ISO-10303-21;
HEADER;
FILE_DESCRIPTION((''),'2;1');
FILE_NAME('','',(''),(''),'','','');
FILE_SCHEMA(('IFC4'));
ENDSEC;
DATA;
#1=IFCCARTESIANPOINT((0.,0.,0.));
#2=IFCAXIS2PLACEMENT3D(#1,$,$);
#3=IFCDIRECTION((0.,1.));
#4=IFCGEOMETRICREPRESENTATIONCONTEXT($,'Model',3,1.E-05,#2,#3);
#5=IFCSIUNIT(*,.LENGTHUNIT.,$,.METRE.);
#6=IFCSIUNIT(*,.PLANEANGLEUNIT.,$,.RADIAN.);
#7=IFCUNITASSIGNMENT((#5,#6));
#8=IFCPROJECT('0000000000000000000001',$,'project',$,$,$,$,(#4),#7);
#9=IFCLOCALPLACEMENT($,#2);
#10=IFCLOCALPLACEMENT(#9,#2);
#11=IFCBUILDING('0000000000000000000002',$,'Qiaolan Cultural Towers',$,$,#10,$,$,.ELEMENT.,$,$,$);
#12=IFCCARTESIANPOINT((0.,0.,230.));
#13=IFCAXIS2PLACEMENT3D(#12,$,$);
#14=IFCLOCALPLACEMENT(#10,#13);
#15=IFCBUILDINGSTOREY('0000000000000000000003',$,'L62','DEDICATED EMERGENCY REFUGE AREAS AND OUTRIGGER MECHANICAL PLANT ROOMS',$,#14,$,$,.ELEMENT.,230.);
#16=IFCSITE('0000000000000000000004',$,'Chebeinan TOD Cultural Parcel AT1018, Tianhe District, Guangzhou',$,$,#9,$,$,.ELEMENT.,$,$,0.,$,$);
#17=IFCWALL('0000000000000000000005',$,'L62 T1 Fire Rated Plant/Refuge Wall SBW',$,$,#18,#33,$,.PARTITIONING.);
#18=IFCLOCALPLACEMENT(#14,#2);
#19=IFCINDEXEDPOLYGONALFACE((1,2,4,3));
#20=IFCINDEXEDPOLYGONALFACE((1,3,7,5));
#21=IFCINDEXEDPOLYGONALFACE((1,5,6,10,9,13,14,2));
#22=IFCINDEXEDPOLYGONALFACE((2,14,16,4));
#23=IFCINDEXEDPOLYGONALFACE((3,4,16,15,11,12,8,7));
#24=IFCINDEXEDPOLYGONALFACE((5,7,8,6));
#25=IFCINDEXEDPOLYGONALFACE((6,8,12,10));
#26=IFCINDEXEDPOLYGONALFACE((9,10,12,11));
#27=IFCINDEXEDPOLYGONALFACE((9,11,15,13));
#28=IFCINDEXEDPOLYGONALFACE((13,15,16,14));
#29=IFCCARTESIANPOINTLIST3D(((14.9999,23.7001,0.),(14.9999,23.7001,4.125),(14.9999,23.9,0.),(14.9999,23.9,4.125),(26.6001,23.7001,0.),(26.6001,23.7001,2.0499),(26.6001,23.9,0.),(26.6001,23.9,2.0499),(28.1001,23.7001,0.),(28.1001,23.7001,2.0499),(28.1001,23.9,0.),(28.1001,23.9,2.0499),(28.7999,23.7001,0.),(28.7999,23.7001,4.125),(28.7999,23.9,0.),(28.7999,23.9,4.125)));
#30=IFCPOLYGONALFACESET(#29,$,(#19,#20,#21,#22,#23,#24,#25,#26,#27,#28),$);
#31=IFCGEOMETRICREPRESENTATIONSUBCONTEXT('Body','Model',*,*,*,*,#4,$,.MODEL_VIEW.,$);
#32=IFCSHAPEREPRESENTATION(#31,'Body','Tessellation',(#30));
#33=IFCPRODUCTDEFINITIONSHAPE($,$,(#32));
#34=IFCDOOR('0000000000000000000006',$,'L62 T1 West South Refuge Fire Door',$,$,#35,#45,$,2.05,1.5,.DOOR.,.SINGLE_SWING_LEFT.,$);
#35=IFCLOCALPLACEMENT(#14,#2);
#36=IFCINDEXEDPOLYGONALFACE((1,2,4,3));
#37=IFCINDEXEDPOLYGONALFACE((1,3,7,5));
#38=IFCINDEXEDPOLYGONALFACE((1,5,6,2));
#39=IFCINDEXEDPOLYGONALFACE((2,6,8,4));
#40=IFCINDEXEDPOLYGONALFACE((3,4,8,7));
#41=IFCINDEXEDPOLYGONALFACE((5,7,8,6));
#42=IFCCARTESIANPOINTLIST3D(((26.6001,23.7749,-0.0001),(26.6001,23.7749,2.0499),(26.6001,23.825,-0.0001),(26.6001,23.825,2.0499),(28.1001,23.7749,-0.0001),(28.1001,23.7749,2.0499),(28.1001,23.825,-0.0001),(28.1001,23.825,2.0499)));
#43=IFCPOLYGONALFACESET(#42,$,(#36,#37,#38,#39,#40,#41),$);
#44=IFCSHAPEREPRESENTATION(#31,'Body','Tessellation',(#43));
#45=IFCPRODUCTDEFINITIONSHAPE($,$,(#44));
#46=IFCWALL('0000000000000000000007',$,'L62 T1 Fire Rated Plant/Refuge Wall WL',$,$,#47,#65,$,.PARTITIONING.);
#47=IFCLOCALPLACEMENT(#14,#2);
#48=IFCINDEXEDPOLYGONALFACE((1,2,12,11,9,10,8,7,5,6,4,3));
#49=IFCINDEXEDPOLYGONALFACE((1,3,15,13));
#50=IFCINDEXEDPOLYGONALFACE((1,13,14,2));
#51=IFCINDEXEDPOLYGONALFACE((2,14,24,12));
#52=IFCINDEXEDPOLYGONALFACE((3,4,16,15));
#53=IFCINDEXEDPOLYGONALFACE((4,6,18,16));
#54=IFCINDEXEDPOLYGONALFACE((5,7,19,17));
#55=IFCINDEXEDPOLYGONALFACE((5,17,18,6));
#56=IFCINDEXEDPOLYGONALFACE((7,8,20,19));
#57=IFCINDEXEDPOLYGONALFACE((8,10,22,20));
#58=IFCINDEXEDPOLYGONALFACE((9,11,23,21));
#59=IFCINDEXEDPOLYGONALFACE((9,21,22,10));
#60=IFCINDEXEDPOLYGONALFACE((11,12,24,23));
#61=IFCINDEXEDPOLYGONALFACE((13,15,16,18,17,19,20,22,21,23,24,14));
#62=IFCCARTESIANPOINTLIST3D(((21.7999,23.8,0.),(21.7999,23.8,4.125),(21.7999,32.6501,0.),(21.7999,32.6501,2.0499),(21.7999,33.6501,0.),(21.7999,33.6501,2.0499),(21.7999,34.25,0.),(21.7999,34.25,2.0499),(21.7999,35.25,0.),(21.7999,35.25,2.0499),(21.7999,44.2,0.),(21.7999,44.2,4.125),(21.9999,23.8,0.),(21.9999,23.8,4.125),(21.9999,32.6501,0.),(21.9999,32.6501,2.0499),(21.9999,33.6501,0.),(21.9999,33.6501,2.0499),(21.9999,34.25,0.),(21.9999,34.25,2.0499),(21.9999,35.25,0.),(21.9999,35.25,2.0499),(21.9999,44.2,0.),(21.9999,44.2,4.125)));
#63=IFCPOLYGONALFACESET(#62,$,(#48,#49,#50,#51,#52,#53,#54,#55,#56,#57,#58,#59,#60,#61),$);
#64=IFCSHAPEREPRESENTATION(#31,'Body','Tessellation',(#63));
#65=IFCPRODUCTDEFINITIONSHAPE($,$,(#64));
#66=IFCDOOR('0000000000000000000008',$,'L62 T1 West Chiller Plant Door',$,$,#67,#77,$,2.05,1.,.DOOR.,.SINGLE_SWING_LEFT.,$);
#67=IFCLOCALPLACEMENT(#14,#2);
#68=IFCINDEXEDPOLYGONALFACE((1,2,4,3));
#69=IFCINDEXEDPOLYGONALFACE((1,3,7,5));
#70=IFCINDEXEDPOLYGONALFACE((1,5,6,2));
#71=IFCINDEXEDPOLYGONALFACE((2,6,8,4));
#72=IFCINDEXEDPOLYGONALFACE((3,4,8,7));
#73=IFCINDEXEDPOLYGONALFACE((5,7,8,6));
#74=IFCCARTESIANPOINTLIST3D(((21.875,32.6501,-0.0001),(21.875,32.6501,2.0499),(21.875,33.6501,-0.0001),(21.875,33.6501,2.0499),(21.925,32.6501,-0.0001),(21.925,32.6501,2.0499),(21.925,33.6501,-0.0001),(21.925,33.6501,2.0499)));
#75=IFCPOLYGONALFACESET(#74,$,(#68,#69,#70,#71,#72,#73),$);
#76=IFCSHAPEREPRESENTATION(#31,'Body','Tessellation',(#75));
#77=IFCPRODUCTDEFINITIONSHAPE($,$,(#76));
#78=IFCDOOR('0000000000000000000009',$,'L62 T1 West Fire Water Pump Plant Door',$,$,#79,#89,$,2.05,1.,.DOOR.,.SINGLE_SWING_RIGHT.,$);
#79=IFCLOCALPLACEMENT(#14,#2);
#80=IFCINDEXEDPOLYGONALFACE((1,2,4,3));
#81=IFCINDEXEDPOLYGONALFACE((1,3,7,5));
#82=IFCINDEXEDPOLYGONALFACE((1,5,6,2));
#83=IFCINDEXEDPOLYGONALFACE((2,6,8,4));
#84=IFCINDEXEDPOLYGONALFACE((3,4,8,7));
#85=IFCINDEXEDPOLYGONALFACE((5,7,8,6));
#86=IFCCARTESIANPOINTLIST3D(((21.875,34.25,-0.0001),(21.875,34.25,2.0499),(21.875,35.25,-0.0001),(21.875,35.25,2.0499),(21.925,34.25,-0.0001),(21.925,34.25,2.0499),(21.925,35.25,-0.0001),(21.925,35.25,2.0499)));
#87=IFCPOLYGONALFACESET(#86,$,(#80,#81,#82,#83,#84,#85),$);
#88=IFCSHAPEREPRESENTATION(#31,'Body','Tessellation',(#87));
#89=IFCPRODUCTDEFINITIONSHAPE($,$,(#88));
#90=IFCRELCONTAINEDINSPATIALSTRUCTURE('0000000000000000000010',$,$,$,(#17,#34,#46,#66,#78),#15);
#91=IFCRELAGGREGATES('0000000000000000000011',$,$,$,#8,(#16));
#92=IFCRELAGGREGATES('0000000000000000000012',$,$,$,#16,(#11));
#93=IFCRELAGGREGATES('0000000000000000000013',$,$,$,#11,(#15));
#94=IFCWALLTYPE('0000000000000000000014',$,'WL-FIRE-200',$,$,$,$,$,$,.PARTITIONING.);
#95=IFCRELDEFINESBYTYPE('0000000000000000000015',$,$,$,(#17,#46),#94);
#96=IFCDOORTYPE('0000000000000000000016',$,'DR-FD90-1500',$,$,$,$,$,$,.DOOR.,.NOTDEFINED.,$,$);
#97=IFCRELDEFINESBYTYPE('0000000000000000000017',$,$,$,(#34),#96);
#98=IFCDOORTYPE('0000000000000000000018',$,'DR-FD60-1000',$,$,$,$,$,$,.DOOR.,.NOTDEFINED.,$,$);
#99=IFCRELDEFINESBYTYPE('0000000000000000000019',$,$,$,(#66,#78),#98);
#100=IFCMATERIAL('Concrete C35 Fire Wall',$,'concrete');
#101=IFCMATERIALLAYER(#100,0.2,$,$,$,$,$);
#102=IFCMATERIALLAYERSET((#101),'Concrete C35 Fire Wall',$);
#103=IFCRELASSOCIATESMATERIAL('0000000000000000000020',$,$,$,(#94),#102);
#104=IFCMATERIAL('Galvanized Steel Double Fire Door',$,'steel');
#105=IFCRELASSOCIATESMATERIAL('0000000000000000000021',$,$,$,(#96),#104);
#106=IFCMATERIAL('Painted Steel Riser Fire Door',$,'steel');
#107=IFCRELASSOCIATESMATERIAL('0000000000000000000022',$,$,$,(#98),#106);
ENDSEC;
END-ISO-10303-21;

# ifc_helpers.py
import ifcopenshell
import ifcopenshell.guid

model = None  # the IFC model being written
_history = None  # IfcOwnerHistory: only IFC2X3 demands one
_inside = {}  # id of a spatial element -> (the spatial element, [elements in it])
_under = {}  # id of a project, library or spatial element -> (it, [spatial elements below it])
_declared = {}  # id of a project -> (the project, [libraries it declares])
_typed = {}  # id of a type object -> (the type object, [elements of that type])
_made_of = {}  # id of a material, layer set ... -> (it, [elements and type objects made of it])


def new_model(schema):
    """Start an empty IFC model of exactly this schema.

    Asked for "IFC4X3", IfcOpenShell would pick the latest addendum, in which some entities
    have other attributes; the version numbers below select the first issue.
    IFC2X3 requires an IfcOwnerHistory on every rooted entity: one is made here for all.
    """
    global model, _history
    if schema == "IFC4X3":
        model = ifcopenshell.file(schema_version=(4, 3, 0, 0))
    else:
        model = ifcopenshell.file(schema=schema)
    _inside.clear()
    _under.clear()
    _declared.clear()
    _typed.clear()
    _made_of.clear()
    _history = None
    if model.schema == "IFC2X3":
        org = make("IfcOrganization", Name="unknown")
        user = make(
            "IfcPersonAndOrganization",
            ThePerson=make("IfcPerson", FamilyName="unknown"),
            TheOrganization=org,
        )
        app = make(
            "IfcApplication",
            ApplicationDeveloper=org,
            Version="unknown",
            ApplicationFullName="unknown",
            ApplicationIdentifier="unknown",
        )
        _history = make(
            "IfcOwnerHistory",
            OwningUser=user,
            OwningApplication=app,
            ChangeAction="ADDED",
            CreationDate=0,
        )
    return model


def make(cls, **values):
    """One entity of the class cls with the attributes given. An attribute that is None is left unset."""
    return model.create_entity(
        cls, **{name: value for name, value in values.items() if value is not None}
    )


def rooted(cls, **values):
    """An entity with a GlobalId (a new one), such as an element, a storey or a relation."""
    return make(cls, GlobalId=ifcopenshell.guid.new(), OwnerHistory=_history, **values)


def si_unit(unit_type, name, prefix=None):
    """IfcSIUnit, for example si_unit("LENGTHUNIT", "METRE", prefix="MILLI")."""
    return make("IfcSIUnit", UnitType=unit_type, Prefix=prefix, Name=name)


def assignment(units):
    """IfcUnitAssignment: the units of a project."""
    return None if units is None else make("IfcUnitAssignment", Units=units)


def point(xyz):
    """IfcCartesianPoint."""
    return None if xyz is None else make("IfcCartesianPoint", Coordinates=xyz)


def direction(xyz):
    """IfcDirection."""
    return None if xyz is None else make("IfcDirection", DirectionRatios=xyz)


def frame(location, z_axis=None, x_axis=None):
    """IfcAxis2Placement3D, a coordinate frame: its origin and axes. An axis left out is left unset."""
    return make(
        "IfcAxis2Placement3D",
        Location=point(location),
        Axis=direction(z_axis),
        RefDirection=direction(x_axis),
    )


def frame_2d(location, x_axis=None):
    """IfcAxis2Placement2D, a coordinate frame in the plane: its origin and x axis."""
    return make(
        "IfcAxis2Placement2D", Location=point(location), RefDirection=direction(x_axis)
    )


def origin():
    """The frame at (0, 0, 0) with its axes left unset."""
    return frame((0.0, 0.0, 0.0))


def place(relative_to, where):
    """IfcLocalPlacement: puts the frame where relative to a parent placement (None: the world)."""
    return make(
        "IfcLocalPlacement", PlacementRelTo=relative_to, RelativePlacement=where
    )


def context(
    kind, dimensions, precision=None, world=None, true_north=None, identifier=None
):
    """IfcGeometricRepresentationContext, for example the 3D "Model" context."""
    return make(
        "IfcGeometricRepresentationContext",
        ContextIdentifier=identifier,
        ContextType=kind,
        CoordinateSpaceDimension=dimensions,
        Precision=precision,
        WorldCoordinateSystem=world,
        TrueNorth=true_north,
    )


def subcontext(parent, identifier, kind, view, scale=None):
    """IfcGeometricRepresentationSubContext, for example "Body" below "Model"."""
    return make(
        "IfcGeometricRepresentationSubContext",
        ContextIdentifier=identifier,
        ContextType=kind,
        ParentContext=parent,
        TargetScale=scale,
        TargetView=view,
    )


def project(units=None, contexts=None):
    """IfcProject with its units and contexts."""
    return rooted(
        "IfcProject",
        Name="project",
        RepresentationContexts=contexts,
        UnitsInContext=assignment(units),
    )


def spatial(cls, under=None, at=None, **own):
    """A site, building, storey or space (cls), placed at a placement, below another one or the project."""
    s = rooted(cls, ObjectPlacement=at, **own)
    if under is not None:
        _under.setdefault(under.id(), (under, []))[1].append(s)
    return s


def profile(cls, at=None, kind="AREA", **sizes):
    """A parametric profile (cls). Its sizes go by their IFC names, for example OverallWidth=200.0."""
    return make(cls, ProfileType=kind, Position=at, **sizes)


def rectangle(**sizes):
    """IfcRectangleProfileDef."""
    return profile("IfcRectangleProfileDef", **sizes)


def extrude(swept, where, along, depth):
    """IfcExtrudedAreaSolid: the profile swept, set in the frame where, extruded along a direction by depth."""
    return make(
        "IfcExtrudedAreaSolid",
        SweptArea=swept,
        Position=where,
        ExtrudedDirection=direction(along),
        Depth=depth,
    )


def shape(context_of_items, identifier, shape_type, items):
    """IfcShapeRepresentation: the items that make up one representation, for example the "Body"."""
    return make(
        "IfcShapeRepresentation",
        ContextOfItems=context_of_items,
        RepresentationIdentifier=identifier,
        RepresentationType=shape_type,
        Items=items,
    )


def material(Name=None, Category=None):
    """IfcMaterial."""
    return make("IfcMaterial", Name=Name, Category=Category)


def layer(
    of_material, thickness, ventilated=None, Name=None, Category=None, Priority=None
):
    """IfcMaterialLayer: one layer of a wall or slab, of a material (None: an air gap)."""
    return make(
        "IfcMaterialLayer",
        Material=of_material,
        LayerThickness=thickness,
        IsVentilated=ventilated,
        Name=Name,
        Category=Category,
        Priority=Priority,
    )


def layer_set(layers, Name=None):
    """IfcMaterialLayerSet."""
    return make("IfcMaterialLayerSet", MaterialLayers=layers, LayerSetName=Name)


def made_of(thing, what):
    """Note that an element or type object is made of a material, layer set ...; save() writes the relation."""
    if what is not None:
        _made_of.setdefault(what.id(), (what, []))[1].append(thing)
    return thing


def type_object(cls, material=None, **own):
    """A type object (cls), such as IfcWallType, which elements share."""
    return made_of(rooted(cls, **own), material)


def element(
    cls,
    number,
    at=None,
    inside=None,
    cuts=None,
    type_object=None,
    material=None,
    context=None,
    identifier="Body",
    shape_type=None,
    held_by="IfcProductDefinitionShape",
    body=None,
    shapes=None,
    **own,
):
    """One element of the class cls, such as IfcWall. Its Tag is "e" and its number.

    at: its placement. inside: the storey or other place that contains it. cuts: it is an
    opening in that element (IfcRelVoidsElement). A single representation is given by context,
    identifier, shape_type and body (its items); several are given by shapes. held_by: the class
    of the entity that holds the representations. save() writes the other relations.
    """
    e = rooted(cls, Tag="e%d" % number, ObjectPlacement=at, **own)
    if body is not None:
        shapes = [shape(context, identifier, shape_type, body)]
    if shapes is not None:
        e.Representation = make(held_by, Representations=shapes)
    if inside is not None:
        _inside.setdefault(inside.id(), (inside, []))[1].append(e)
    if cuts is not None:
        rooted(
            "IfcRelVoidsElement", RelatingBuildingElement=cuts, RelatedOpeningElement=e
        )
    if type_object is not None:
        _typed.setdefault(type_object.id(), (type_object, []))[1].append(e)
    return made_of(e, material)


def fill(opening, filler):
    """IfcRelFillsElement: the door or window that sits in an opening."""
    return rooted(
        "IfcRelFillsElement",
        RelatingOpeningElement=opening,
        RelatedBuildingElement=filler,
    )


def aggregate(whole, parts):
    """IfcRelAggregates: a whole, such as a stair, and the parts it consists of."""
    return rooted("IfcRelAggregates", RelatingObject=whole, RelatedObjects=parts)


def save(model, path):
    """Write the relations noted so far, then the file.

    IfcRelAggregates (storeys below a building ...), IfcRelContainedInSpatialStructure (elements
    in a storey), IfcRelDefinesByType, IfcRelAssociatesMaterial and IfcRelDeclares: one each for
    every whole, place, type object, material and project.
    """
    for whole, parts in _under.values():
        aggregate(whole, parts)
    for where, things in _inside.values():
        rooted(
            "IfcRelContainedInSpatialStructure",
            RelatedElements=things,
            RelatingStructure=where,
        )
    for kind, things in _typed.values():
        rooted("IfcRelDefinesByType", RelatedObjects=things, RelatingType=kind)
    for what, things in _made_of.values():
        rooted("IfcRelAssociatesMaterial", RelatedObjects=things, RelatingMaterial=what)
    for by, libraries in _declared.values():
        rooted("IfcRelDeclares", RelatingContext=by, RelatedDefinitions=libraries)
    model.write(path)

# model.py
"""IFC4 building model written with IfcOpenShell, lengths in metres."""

from ifc_helpers import new_model, si_unit, direction, frame, frame_2d, origin, place, context, subcontext, project, spatial, rectangle, extrude, material, layer, layer_set, type_object, element, fill, save


model = new_model("IFC4")

# Units and contexts
model_context = context("Model", 3, precision=1e-05, world=origin(), true_north=direction((0.0, 1.0)))
body_context = subcontext(model_context, "Body", "Model", "MODEL_VIEW")
ifc_project = project(units=[si_unit("LENGTHUNIT", "METRE"), si_unit("PLANEANGLEUNIT", "RADIAN")], contexts=[model_context])

# Site, building, storey
site_placement = place(None, origin())
site = spatial("IfcSite", under=ifc_project, at=site_placement, Name="Chebeinan TOD Cultural Parcel AT1018, Tianhe District, Guangzhou", CompositionType="ELEMENT", RefElevation=0.0)
building_placement = place(site_placement, origin())
building = spatial("IfcBuilding", under=site, at=building_placement, Name="Qiaolan Cultural Towers", CompositionType="ELEMENT")
storey_placement = place(building_placement, frame((0.0, 0.0, 230.0)))
storey = spatial("IfcBuildingStorey", under=building, at=storey_placement, Name="L62", Description="DEDICATED EMERGENCY REFUGE AREAS AND OUTRIGGER MECHANICAL PLANT ROOMS", CompositionType="ELEMENT", Elevation=230.0)

# Wall, opening, door
ifc_material_1 = material(Name="Concrete C35 Fire Wall", Category="concrete")
ifc_layer_1 = layer(ifc_material_1, 0.2)
ifc_layer_set_1 = layer_set([ifc_layer_1], Name="Concrete C35 Fire Wall")
wall_type_1 = type_object("IfcWallType", Name="WL-FIRE-200", PredefinedType="PARTITIONING", material=ifc_layer_set_1)
wall_1_placement = place(storey_placement, frame((15.0, 23.8, 0.0), z_axis=(0.0, 0.0, 1.0), x_axis=(1.0, 0.0, 0.0)))
wall_1 = element("IfcWall", 1, at=wall_1_placement, inside=storey, type_object=wall_type_1, Name="L62 T1 Fire Rated Plant/Refuge Wall SBW", PredefinedType="PARTITIONING", context=body_context, shape_type="SweptSolid", body=[
    extrude(rectangle(XDim=13.8, YDim=0.2, at=frame_2d((6.8999, 0.0))), origin(), (0.0, 0.0, 1.0), 4.125),
])
opening_1_placement = place(wall_1_placement, frame((11.6001, 0.0, 0.0)))
opening_1 = element("IfcOpeningElement", 2, at=opening_1_placement, cuts=wall_1, PredefinedType="OPENING", context=body_context, shape_type="SweptSolid", body=[
    extrude(rectangle(XDim=1.5, YDim=2.05, at=frame_2d((0.75, 1.0249))), frame((0.0, 0.1099, 0.0), z_axis=(0.0, -1.0, 0.0), x_axis=(1.0, 0.0, 0.0)), (0.0, 0.0, 1.0), 0.22),
])
ifc_material_2 = material(Name="Galvanized Steel Double Fire Door", Category="steel")
door_type_1 = type_object("IfcDoorType", Name="DR-FD90-1500", OperationType="NOTDEFINED", PredefinedType="DOOR", material=ifc_material_2)
door_1_placement = place(opening_1_placement, origin())
door_1 = element("IfcDoor", 3, at=door_1_placement, inside=storey, type_object=door_type_1, Name="L62 T1 West South Refuge Fire Door", OperationType="SINGLE_SWING_LEFT", OverallHeight=2.05, OverallWidth=1.5, PredefinedType="DOOR", context=body_context, shape_type="SweptSolid", body=[
    extrude(rectangle(XDim=1.5, YDim=2.05, at=frame_2d((0.75, 1.0249))), frame((0.0, 0.0249, 0.0), z_axis=(0.0, -1.0, 0.0), x_axis=(1.0, 0.0, 0.0)), (0.0, 0.0, 1.0), 0.05),
])
fill(opening_1, door_1)

# Wall, openings, doors
wall_2_placement = place(storey_placement, frame((21.8999, 23.8, 0.0), z_axis=(0.0, 0.0, 1.0), x_axis=(0.0, 1.0, 0.0)))
wall_2 = element("IfcWall", 4, at=wall_2_placement, inside=storey, type_object=wall_type_1, Name="L62 T1 Fire Rated Plant/Refuge Wall WL", PredefinedType="PARTITIONING", context=body_context, shape_type="SweptSolid", body=[
    extrude(rectangle(XDim=20.3999, YDim=0.2, at=frame_2d((10.2, 0.0))), origin(), (0.0, 0.0, 1.0), 4.125),
])
opening_2_placement = place(wall_2_placement, frame((8.8501, 0.0, 0.0)))
opening_2 = element("IfcOpeningElement", 5, at=opening_2_placement, cuts=wall_2, PredefinedType="OPENING", context=body_context, shape_type="SweptSolid", body=[
    extrude(rectangle(XDim=1.0, YDim=2.05, at=frame_2d((0.5, 1.0249))), frame((0.0, 0.1099, 0.0), z_axis=(0.0, -1.0, 0.0), x_axis=(1.0, 0.0, 0.0)), (0.0, 0.0, 1.0), 0.22),
])
opening_3_placement = place(wall_2_placement, frame((10.45, 0.0, 0.0)))
opening_3 = element("IfcOpeningElement", 6, at=opening_3_placement, cuts=wall_2, PredefinedType="OPENING", context=body_context, shape_type="SweptSolid", body=[
    extrude(rectangle(XDim=1.0, YDim=2.05, at=frame_2d((0.5, 1.0249))), frame((0.0, 0.1099, 0.0), z_axis=(0.0, -1.0, 0.0), x_axis=(1.0, 0.0, 0.0)), (0.0, 0.0, 1.0), 0.22),
])
ifc_material_3 = material(Name="Painted Steel Riser Fire Door", Category="steel")
door_type_2 = type_object("IfcDoorType", Name="DR-FD60-1000", OperationType="NOTDEFINED", PredefinedType="DOOR", material=ifc_material_3)
door_2_placement = place(opening_2_placement, origin())
door_2 = element("IfcDoor", 7, at=door_2_placement, inside=storey, type_object=door_type_2, Name="L62 T1 West Chiller Plant Door", OperationType="SINGLE_SWING_LEFT", OverallHeight=2.05, OverallWidth=1.0, PredefinedType="DOOR", context=body_context, shape_type="SweptSolid", body=[
    extrude(rectangle(XDim=1.0, YDim=2.05, at=frame_2d((0.5, 1.0249))), frame((0.0, 0.0249, 0.0), z_axis=(0.0, -1.0, 0.0), x_axis=(1.0, 0.0, 0.0)), (0.0, 0.0, 1.0), 0.05),
])
fill(opening_2, door_2)
door_3_placement = place(opening_3_placement, origin())
door_3 = element("IfcDoor", 8, at=door_3_placement, inside=storey, type_object=door_type_2, Name="L62 T1 West Fire Water Pump Plant Door", OperationType="SINGLE_SWING_RIGHT", OverallHeight=2.05, OverallWidth=1.0, PredefinedType="DOOR", context=body_context, shape_type="SweptSolid", body=[
    extrude(rectangle(XDim=1.0, YDim=2.05, at=frame_2d((0.5, 1.0249))), frame((0.0, 0.0249, 0.0), z_axis=(0.0, -1.0, 0.0), x_axis=(1.0, 0.0, 0.0)), (0.0, 0.0, 1.0), 0.05),
])
fill(opening_3, door_3)

save(model, "model.ifc")
